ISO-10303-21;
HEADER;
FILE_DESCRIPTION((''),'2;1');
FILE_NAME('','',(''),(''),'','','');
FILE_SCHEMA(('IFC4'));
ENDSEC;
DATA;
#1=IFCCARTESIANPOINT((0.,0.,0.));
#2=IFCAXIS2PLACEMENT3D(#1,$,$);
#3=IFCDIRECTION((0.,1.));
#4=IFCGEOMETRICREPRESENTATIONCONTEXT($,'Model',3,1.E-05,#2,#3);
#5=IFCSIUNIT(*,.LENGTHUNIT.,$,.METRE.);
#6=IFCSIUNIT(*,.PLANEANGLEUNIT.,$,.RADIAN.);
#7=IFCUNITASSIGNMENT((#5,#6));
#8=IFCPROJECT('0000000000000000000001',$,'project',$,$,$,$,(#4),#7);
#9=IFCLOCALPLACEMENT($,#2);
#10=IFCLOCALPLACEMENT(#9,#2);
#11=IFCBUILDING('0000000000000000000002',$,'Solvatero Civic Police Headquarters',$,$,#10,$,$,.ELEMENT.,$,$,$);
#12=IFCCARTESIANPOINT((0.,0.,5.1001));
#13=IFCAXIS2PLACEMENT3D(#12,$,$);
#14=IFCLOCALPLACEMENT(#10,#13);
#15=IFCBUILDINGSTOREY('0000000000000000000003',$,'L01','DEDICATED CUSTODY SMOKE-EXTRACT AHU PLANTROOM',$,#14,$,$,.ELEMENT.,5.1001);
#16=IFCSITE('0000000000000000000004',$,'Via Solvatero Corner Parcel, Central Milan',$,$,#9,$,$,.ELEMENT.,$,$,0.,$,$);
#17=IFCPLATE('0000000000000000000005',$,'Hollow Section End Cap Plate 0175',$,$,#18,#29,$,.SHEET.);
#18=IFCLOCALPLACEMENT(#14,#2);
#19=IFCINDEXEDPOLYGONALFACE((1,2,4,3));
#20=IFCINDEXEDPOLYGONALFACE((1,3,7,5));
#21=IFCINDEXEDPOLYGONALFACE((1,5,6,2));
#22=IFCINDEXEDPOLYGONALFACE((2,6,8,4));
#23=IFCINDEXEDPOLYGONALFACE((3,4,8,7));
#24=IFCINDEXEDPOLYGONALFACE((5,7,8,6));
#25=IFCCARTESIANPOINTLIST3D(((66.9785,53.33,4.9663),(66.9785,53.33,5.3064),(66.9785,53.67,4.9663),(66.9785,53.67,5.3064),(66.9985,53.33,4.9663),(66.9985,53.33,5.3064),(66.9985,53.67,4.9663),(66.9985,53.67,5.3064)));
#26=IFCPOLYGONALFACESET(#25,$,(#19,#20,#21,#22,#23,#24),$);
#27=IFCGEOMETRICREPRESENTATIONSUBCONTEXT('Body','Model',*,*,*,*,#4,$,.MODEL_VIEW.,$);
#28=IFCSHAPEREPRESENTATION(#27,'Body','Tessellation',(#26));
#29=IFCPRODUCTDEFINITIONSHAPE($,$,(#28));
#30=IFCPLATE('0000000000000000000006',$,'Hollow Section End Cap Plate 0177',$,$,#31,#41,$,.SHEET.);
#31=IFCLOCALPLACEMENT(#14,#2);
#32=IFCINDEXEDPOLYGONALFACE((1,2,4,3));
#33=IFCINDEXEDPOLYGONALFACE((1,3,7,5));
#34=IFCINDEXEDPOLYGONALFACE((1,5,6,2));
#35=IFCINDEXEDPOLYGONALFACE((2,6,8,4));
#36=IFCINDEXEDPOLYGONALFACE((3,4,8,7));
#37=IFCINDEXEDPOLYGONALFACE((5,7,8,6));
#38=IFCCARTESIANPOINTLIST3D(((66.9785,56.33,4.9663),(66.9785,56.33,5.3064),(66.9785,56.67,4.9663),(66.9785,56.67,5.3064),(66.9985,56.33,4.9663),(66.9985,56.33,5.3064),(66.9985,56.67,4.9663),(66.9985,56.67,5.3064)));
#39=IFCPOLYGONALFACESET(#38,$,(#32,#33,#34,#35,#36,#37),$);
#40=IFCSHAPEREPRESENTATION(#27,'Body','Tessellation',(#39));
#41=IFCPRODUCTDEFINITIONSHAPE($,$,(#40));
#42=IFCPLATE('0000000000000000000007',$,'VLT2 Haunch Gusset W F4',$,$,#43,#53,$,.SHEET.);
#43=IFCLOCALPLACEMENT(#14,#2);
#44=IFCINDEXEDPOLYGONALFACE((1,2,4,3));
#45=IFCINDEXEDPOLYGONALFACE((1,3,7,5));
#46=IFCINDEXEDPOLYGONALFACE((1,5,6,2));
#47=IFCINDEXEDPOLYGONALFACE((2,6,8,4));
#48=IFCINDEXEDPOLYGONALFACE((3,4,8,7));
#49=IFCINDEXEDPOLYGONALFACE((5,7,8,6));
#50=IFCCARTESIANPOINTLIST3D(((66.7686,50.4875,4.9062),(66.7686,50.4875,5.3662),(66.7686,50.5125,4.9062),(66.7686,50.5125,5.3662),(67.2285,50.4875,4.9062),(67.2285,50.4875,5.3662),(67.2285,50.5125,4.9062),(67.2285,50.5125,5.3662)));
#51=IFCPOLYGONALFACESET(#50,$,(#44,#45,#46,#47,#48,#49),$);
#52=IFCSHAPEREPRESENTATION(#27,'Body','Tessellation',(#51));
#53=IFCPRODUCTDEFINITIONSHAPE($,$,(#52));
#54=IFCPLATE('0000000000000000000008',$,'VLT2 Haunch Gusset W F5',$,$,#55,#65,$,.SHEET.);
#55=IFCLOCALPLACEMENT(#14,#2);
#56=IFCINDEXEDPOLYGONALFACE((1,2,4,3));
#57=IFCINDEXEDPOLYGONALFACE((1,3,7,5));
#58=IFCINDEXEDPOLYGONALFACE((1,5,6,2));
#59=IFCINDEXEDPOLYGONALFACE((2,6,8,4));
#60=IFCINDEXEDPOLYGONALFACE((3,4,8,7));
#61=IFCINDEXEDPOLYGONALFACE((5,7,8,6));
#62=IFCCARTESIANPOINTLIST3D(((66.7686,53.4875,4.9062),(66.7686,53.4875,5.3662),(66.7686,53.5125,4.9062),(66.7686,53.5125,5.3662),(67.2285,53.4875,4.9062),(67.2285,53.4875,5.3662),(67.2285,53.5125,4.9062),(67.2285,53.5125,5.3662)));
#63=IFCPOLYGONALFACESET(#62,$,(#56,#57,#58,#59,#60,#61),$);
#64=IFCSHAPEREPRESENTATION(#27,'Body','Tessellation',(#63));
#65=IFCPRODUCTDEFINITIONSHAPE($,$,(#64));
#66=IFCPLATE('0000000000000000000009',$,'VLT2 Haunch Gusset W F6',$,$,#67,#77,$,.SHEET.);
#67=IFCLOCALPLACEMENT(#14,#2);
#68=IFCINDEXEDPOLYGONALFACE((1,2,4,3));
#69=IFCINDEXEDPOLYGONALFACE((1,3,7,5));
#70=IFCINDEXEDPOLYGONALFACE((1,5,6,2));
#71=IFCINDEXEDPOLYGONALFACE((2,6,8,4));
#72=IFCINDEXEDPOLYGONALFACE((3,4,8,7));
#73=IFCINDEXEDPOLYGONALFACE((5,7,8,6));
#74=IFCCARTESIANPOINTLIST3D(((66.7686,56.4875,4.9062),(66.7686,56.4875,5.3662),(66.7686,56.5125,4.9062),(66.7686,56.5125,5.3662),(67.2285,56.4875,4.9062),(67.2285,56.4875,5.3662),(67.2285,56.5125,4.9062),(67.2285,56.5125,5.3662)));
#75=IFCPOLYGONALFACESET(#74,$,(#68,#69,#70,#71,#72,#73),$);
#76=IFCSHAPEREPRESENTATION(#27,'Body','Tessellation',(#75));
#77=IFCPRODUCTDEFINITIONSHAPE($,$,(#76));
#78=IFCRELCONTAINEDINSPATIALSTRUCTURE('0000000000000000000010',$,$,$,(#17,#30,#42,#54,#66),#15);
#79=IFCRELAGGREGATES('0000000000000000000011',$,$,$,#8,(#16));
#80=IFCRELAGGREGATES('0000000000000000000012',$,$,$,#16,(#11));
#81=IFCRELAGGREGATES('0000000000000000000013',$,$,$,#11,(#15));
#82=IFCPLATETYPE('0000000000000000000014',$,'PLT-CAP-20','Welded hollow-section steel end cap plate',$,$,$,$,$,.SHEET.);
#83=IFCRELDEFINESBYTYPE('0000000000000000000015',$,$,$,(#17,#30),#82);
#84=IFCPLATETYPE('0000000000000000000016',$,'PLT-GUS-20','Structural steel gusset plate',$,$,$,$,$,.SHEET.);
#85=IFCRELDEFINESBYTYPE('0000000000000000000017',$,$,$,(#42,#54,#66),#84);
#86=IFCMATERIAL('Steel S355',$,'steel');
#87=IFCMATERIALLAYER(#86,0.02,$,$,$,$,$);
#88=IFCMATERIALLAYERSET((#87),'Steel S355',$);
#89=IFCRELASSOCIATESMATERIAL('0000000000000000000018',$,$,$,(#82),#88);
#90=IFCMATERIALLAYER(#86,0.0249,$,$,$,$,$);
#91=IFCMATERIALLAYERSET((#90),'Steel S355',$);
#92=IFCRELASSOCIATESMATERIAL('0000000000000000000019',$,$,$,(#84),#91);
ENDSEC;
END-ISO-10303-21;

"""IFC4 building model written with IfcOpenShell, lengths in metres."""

from ifc_helpers import new_model, si_unit, direction, frame, origin, origin_2d, place, context, subcontext, project, spatial, rectangle, extrude, material, layer, layer_set, type_object, element, save


model = new_model("IFC4")

# Units and contexts
model_context = context("Model", 3, precision=1e-05, world=origin(), true_north=direction((0.0, 1.0)))
body_context = subcontext(model_context, "Body", "Model", "MODEL_VIEW")
ifc_project = project(units=[si_unit("LENGTHUNIT", "METRE"), si_unit("PLANEANGLEUNIT", "RADIAN")], contexts=[model_context])

# Site, building, storey
site_placement = place(None, origin())
site = spatial("IfcSite", under=ifc_project, at=site_placement, Name="Via Solvatero Corner Parcel, Central Milan", CompositionType="ELEMENT", RefElevation=0.0)
building_placement = place(site_placement, origin())
building = spatial("IfcBuilding", under=site, at=building_placement, Name="Solvatero Civic Police Headquarters", CompositionType="ELEMENT")
storey_placement = place(building_placement, frame((0.0, 0.0, 5.1001)))
storey = spatial("IfcBuildingStorey", under=building, at=storey_placement, Name="L01", Description="DEDICATED CUSTODY SMOKE-EXTRACT AHU PLANTROOM", CompositionType="ELEMENT", Elevation=5.1001)

# Shared definitions
ifc_material_1 = material(Name="Steel S355", Category="steel")

# Plates
ifc_layer_1 = layer(ifc_material_1, 0.02)
ifc_layer_set_1 = layer_set([ifc_layer_1], Name="Steel S355")
plate_type_1 = type_object("IfcPlateType", Name="PLT-CAP-20", Description="Welded hollow-section steel end cap plate", PredefinedType="SHEET", material=ifc_layer_set_1)
for number, where, z_axis, x_axis, name in (
    (1, (66.9885, 53.5, 4.9663), (0.0, 0.0, 1.0), (1.0, 0.0, 0.0), "Hollow Section End Cap Plate 0175"),
    (2, (66.9885, 56.5, 4.9663), (0.0, 0.0, 1.0), (1.0, 0.0, 0.0), "Hollow Section End Cap Plate 0177"),
):
    element("IfcPlate", number, at=place(storey_placement, frame(where, z_axis=z_axis, x_axis=x_axis)), inside=storey, type_object=plate_type_1, Name=name, PredefinedType="SHEET", context=body_context, shape_type="SweptSolid", body=[
        extrude(rectangle(XDim=0.02, YDim=0.3401, at=origin_2d()), origin(), (0.0, 0.0, 1.0), 0.3401),
    ])
ifc_layer_2 = layer(ifc_material_1, 0.0249)
ifc_layer_set_2 = layer_set([ifc_layer_2], Name="Steel S355")
plate_type_2 = type_object("IfcPlateType", Name="PLT-GUS-20", Description="Structural steel gusset plate", PredefinedType="SHEET", material=ifc_layer_set_2)
for number, where, z_axis, x_axis, name in (
    (3, (66.9985, 50.5, 4.9062), (0.0, 0.0, 1.0), (1.0, 0.0, 0.0), "VLT2 Haunch Gusset W F4"),
    (4, (66.9985, 53.5, 4.9062), (0.0, 0.0, 1.0), (1.0, 0.0, 0.0), "VLT2 Haunch Gusset W F5"),
    (5, (66.9985, 56.5, 4.9062), (0.0, 0.0, 1.0), (1.0, 0.0, 0.0), "VLT2 Haunch Gusset W F6"),
):
    element("IfcPlate", number, at=place(storey_placement, frame(where, z_axis=z_axis, x_axis=x_axis)), inside=storey, type_object=plate_type_2, Name=name, PredefinedType="SHEET", context=body_context, shape_type="SweptSolid", body=[
        extrude(rectangle(XDim=0.46, YDim=0.0249, at=origin_2d()), origin(), (0.0, 0.0, 1.0), 0.46),
    ])

save(model, "model.ifc")
